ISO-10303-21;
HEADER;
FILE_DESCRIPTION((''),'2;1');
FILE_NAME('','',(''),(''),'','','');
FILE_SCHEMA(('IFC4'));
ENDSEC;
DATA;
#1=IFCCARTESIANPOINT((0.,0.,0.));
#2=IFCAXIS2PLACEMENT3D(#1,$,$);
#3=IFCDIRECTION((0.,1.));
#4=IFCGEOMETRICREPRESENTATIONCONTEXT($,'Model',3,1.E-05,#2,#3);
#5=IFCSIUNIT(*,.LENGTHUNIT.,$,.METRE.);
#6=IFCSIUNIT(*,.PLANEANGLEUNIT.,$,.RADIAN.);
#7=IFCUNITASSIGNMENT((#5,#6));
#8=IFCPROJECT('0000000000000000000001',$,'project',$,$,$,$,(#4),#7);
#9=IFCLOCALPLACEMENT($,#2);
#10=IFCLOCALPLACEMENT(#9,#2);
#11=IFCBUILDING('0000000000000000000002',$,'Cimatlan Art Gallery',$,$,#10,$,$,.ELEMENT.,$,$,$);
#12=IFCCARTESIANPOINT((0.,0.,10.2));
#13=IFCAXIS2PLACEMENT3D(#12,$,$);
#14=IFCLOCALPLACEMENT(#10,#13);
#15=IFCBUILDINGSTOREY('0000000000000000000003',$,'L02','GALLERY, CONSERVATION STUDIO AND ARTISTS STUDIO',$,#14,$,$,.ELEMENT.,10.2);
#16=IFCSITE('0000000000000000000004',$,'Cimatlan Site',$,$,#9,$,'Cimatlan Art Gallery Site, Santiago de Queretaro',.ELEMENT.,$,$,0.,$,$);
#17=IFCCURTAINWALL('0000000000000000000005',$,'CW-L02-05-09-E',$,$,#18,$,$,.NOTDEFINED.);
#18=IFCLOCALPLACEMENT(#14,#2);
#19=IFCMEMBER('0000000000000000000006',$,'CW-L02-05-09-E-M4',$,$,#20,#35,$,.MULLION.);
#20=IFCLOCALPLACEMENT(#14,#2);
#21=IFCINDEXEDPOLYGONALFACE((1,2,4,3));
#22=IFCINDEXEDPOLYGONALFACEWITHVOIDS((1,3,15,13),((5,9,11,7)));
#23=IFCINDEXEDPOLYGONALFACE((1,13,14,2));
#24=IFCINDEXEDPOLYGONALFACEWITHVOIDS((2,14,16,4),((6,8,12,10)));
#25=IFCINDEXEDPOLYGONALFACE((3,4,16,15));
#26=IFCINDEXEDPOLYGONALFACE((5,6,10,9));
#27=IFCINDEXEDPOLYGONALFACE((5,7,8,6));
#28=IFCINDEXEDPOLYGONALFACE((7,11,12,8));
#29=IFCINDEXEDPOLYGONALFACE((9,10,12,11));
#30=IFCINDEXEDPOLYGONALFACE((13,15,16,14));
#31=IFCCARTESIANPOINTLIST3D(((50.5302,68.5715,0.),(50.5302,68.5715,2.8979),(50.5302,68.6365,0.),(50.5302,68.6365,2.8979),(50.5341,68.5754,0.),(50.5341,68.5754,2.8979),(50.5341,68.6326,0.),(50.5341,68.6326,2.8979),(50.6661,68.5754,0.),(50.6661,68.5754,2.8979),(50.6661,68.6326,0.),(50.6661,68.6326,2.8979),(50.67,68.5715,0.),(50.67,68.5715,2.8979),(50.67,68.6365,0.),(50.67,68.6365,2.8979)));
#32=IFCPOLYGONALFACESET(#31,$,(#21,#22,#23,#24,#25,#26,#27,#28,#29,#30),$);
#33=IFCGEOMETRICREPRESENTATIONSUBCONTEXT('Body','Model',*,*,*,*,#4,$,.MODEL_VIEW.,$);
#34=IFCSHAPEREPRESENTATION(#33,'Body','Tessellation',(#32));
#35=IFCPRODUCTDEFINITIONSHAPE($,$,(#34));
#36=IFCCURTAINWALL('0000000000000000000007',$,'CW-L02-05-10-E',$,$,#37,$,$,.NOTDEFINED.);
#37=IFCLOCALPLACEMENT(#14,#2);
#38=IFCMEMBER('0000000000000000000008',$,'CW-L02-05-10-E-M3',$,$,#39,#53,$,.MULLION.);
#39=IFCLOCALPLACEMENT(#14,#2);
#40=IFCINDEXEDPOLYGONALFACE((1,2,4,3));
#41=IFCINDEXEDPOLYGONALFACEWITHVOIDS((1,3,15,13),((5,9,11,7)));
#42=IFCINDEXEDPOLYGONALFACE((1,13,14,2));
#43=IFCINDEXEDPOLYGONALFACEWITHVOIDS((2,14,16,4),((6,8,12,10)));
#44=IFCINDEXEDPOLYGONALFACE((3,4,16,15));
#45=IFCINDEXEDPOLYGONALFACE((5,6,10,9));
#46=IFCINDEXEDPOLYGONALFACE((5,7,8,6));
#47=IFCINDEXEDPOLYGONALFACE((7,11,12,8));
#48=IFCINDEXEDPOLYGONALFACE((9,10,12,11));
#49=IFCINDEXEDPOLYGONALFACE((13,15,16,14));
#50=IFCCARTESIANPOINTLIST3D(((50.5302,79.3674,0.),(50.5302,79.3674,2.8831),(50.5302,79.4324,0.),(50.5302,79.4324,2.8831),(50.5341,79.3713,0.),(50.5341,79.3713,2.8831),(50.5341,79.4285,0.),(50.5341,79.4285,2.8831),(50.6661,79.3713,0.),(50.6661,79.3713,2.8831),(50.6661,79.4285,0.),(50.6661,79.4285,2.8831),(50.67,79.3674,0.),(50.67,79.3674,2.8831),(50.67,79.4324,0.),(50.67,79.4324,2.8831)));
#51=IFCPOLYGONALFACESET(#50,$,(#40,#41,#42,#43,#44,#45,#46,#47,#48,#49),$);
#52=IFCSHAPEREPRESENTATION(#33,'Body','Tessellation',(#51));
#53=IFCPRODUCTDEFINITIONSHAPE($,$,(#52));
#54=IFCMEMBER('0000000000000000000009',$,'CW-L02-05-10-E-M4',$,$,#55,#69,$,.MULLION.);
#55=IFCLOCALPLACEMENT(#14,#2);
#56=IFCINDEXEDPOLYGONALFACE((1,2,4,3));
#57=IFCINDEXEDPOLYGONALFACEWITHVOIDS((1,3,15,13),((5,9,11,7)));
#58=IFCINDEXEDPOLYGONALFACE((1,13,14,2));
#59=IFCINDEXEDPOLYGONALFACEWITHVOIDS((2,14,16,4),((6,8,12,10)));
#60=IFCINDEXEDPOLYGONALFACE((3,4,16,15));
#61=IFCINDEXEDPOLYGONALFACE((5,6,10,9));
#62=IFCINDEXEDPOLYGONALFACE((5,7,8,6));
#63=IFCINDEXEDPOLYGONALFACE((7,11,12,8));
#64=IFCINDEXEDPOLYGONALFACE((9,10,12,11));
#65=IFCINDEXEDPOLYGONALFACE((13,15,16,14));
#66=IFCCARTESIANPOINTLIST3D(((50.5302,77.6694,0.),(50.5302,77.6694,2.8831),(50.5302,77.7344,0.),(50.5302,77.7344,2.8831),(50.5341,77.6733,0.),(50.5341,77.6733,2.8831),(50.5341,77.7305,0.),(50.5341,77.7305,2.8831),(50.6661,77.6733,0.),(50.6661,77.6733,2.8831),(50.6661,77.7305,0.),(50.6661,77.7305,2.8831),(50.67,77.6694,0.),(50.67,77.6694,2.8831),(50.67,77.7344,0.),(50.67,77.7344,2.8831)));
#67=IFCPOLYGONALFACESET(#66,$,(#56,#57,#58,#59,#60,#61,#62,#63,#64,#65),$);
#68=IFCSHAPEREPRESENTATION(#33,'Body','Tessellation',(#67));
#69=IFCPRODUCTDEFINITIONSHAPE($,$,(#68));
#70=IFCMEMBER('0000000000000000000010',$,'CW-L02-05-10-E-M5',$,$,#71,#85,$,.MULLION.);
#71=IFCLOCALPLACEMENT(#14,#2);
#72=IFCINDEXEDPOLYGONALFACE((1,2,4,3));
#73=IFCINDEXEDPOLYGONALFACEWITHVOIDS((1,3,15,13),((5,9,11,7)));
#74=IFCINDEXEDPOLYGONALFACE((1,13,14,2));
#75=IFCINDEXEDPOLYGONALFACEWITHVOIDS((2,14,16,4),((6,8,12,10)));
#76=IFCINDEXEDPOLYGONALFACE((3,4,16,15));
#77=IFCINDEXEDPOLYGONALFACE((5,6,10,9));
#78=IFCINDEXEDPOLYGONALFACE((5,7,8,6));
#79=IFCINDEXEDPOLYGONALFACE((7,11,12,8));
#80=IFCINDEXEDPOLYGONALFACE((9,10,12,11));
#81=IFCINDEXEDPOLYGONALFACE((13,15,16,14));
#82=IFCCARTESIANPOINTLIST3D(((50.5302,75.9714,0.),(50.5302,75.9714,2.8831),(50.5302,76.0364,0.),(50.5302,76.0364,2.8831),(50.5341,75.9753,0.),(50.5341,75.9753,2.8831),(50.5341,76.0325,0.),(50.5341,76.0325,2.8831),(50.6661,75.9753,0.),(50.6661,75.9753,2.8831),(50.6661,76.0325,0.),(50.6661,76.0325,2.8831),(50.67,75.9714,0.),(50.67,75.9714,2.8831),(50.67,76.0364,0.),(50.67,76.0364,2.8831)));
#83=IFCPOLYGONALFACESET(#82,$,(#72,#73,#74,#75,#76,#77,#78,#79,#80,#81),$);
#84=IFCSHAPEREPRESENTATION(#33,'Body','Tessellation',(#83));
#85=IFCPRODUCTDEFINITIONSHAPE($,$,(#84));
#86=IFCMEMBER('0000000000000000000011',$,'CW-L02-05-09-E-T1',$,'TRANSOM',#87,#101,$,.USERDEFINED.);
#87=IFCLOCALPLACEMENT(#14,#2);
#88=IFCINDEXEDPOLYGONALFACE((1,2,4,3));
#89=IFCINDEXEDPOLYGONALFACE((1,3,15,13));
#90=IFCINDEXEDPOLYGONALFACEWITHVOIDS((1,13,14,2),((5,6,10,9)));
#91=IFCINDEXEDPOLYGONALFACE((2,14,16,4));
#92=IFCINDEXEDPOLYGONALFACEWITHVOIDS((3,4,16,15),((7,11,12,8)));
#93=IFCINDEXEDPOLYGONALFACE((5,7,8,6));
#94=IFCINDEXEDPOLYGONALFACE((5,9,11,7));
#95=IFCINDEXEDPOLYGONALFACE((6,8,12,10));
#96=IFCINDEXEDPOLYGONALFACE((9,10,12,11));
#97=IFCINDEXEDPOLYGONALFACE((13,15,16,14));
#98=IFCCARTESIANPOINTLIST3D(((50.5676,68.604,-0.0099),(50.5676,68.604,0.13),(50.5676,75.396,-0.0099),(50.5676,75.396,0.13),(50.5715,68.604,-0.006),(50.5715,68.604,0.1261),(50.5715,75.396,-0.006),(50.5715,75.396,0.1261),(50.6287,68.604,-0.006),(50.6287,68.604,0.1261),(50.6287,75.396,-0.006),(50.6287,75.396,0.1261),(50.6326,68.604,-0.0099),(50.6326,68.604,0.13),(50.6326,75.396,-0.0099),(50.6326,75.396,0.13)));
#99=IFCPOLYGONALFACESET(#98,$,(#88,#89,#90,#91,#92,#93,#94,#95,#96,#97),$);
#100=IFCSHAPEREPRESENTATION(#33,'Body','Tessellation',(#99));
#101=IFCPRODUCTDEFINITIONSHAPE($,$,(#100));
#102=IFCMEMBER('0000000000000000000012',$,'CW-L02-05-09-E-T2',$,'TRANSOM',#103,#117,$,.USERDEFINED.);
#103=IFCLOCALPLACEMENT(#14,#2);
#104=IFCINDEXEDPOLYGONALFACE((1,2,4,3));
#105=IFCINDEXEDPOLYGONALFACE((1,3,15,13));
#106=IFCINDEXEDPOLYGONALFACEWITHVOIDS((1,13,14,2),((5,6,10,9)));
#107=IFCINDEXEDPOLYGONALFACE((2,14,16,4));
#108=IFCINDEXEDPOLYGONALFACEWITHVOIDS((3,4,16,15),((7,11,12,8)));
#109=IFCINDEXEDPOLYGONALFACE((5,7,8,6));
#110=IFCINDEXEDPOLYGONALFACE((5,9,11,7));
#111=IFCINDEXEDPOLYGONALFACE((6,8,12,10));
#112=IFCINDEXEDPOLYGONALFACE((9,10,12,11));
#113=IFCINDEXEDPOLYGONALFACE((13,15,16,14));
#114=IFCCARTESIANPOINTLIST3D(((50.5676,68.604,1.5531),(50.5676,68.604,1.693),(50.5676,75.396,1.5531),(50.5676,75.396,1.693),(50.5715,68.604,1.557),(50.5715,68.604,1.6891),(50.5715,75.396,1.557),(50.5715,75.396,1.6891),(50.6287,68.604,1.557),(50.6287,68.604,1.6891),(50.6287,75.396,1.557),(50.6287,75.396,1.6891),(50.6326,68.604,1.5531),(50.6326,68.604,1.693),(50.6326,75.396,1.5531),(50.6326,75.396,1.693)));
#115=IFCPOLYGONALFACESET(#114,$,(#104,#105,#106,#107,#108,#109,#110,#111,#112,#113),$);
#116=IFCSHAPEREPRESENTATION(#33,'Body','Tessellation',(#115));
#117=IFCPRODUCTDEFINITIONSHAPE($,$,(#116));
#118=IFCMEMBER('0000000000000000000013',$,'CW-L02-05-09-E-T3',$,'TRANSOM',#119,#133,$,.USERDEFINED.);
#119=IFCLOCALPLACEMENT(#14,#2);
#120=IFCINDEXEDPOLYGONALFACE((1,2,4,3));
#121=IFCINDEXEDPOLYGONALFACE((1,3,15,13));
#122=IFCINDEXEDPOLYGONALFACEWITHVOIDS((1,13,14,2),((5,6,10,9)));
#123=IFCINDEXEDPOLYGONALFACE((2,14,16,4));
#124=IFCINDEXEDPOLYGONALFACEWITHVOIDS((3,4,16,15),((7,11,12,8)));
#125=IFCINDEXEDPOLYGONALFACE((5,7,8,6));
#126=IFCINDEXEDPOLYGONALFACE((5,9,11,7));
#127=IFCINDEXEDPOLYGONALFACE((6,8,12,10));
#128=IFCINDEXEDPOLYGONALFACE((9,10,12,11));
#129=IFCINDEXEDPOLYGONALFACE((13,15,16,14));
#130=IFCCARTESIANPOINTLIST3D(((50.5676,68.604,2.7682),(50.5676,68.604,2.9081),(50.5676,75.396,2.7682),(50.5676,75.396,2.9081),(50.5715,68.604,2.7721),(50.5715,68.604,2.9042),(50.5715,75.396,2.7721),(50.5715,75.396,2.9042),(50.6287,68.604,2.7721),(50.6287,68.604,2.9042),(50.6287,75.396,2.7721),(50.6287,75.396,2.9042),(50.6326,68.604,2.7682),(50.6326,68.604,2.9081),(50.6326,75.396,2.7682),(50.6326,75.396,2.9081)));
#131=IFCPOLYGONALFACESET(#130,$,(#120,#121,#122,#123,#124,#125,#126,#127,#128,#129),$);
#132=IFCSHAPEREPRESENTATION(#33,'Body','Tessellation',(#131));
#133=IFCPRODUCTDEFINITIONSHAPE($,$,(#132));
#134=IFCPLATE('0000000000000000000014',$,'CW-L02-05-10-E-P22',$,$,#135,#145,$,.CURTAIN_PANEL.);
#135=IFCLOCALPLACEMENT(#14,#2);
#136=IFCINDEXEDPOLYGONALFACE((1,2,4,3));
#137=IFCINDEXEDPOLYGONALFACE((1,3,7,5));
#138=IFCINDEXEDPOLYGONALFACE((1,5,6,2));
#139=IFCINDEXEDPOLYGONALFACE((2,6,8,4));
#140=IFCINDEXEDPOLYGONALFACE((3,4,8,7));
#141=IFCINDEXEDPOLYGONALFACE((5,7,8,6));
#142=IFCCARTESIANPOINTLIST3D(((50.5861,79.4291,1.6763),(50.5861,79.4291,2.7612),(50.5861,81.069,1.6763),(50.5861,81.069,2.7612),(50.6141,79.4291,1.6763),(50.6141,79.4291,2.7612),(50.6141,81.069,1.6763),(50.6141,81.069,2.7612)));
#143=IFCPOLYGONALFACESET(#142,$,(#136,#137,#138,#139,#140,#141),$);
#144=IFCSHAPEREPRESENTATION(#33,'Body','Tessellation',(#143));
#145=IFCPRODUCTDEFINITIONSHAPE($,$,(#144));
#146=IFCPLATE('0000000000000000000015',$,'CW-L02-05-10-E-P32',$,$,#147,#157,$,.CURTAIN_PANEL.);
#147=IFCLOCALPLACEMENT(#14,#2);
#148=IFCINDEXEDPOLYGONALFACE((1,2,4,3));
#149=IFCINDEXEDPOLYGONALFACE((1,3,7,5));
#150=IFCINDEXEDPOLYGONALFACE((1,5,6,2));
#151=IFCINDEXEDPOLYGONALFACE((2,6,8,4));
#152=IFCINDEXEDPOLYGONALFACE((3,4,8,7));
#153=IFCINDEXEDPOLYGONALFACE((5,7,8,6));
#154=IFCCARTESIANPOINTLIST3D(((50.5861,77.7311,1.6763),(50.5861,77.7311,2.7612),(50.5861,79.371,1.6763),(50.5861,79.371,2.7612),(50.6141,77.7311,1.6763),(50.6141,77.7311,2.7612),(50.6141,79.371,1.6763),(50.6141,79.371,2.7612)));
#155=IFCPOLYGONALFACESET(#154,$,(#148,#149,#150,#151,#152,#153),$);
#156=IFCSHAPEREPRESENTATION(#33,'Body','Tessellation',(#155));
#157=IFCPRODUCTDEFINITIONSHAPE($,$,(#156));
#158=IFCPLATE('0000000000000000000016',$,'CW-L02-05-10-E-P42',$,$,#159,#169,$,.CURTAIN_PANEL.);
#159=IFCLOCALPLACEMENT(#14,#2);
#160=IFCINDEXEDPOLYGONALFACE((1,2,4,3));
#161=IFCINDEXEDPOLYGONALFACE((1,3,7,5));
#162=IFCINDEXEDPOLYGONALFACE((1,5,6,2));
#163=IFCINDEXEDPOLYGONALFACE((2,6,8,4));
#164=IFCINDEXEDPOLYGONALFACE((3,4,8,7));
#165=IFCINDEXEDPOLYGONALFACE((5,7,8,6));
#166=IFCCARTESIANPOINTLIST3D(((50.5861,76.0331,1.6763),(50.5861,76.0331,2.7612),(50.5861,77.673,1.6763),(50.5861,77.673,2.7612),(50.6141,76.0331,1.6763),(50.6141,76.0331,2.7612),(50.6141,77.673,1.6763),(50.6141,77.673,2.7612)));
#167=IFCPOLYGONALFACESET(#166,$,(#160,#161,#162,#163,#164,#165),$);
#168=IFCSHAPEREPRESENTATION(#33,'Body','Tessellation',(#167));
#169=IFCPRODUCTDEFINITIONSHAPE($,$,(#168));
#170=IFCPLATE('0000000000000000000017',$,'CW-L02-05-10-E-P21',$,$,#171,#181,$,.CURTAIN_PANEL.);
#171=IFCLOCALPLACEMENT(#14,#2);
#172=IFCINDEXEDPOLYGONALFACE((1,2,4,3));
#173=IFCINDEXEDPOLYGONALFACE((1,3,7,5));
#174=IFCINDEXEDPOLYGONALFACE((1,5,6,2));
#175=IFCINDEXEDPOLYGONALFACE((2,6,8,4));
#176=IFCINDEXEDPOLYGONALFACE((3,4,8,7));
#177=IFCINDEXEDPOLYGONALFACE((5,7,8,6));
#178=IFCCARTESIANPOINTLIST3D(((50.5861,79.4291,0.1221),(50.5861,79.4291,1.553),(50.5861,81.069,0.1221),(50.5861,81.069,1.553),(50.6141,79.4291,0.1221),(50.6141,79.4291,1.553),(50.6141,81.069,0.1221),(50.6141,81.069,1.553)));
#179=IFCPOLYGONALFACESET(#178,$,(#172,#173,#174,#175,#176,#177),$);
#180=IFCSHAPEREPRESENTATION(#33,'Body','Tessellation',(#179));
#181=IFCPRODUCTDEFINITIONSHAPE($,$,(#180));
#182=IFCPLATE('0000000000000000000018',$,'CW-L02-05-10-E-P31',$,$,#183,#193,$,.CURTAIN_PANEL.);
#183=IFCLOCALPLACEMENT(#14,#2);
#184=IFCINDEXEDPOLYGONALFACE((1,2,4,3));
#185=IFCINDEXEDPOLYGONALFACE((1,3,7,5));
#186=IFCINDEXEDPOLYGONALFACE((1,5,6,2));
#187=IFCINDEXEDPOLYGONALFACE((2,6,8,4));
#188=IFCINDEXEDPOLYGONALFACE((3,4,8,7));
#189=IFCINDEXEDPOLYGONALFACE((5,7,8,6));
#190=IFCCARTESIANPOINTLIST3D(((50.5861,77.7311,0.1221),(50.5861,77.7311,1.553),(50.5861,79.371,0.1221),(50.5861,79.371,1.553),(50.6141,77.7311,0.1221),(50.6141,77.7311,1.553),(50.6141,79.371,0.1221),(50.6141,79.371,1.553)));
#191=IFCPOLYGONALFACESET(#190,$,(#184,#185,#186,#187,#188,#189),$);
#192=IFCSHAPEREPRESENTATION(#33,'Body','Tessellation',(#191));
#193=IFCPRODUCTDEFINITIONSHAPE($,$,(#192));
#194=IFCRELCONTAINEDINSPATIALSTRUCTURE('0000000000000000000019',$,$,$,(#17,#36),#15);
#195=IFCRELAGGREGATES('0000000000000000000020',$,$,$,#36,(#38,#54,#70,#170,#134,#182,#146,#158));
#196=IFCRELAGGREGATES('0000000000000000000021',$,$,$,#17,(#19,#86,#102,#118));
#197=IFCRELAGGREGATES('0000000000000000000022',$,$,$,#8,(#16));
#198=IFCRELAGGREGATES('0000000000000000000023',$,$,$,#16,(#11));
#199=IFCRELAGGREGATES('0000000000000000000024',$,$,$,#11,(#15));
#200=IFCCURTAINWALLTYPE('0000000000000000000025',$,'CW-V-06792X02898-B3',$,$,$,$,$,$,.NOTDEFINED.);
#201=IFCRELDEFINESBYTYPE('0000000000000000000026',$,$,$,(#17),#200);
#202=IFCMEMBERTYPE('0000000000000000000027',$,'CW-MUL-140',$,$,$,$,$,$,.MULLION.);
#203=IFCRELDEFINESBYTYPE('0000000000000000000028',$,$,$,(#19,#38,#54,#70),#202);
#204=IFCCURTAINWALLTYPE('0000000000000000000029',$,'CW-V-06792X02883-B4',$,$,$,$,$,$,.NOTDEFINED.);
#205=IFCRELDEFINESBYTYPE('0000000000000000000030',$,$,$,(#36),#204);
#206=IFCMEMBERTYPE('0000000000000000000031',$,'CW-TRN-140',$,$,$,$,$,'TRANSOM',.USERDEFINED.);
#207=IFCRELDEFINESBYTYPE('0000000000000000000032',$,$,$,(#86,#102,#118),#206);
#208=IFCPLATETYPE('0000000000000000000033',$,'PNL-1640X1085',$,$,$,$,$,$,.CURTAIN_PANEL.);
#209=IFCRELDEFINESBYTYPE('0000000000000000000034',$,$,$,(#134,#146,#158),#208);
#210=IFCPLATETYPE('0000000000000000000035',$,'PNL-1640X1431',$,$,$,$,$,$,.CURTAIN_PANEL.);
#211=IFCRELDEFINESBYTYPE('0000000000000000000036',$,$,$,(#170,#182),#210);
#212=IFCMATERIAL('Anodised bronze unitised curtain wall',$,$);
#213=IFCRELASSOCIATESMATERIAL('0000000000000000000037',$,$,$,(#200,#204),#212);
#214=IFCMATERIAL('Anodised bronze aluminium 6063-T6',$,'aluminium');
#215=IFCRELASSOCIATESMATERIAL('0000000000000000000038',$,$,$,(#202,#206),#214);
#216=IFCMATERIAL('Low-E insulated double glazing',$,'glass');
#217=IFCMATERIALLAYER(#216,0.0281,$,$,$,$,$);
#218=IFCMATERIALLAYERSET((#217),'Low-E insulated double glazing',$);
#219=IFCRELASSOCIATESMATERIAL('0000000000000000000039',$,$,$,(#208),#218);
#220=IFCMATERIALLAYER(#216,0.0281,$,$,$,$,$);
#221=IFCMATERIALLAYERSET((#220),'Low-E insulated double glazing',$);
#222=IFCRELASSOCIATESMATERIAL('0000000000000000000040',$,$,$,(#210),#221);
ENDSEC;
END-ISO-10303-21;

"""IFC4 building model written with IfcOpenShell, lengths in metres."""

from ifc_helpers import new_model, si_unit, direction, frame, origin, origin_2d, place, context, subcontext, project, spatial, rectangle, hollow_rectangle, extrude, material, layer, layer_set, material_profile, profile_set, type_object, element, aggregate, save


model = new_model("IFC4")

# Units and contexts
model_context = context("Model", 3, precision=1e-05, world=origin(), true_north=direction((0.0, 1.0)))
body_context = subcontext(model_context, "Body", "Model", "MODEL_VIEW")
ifc_project = project(units=[si_unit("LENGTHUNIT", "METRE"), si_unit("PLANEANGLEUNIT", "RADIAN")], contexts=[model_context])

# Site, building, storey
site_placement = place(None, origin())
site = spatial("IfcSite", under=ifc_project, at=site_placement, Name="Cimatlan Site", LongName="Cimatlan Art Gallery Site, Santiago de Queretaro", CompositionType="ELEMENT", RefElevation=0.0)
building_placement = place(site_placement, origin())
building = spatial("IfcBuilding", under=site, at=building_placement, Name="Cimatlan Art Gallery", CompositionType="ELEMENT")
storey_placement = place(building_placement, frame((0.0, 0.0, 10.2)))
storey = spatial("IfcBuildingStorey", under=building, at=storey_placement, Name="L02", Description="GALLERY, CONSERVATION STUDIO AND ARTISTS STUDIO", CompositionType="ELEMENT", Elevation=10.2)

# Curtain walls, members
ifc_material_1 = material(Name="Anodised bronze unitised curtain wall")
curtain_wall_type_1 = type_object("IfcCurtainWallType", Name="CW-V-06792X02898-B3", PredefinedType="NOTDEFINED", material=ifc_material_1)
curtain_wall_1_placement = place(storey_placement, origin())
curtain_wall_1 = element("IfcCurtainWall", 1, at=curtain_wall_1_placement, inside=storey, type_object=curtain_wall_type_1, Name="CW-L02-05-09-E", PredefinedType="NOTDEFINED")
ifc_material_2 = material(Name="Anodised bronze aluminium 6063-T6", Category="aluminium")
ifc_material_profile_1 = material_profile(ifc_material_2, hollow_rectangle(XDim=0.0649, YDim=0.1399, WallThickness=0.0039, at=origin_2d()), Name="ALU65X140X4")
ifc_profile_set_1 = profile_set([ifc_material_profile_1], Name="Anodised bronze aluminium 6063-T6")
member_type_1 = type_object("IfcMemberType", Name="CW-MUL-140", PredefinedType="MULLION", material=ifc_profile_set_1)
member_1_placement = place(storey_placement, frame((50.6001, 68.604, 0.0), z_axis=(0.0, 0.0, 1.0), x_axis=(0.0, 1.0, 0.0)))
member_1 = element("IfcMember", 2, at=member_1_placement, type_object=member_type_1, Name="CW-L02-05-09-E-M4", PredefinedType="MULLION", context=body_context, shape_type="SweptSolid", body=[
    extrude(hollow_rectangle(XDim=0.0649, YDim=0.1399, WallThickness=0.0039, at=origin_2d()), origin(), (0.0, 0.0, 1.0), 2.8979),
])
curtain_wall_type_2 = type_object("IfcCurtainWallType", Name="CW-V-06792X02883-B4", PredefinedType="NOTDEFINED", material=ifc_material_1)
curtain_wall_2_placement = place(storey_placement, origin())
curtain_wall_2 = element("IfcCurtainWall", 3, at=curtain_wall_2_placement, inside=storey, type_object=curtain_wall_type_2, Name="CW-L02-05-10-E", PredefinedType="NOTDEFINED")
member_2_placement = place(storey_placement, frame((50.6001, 79.3999, 0.0), z_axis=(0.0, 0.0, 1.0), x_axis=(0.0, 1.0, 0.0)))
member_2 = element("IfcMember", 4, at=member_2_placement, type_object=member_type_1, Name="CW-L02-05-10-E-M3", PredefinedType="MULLION", context=body_context, shape_type="SweptSolid", body=[
    extrude(hollow_rectangle(XDim=0.0649, YDim=0.1399, WallThickness=0.0039, at=origin_2d()), origin(), (0.0, 0.0, 1.0), 2.8831),
])
member_3_placement = place(storey_placement, frame((50.6001, 77.7019, 0.0), z_axis=(0.0, 0.0, 1.0), x_axis=(0.0, 1.0, 0.0)))
member_3 = element("IfcMember", 5, at=member_3_placement, type_object=member_type_1, Name="CW-L02-05-10-E-M4", PredefinedType="MULLION", context=body_context, shape_type="SweptSolid", body=[
    extrude(hollow_rectangle(XDim=0.0649, YDim=0.1399, WallThickness=0.0039, at=origin_2d()), origin(), (0.0, 0.0, 1.0), 2.8831),
])
member_4_placement = place(storey_placement, frame((50.6001, 76.0039, 0.0), z_axis=(0.0, 0.0, 1.0), x_axis=(0.0, 1.0, 0.0)))
member_4 = element("IfcMember", 6, at=member_4_placement, type_object=member_type_1, Name="CW-L02-05-10-E-M5", PredefinedType="MULLION", context=body_context, shape_type="SweptSolid", body=[
    extrude(hollow_rectangle(XDim=0.0649, YDim=0.1399, WallThickness=0.0039, at=origin_2d()), origin(), (0.0, 0.0, 1.0), 2.8831),
])

# Members
ifc_material_profile_2 = material_profile(ifc_material_2, hollow_rectangle(XDim=0.0649, YDim=0.1399, WallThickness=0.0039, at=origin_2d()), Name="ALU65X140X4")
ifc_profile_set_2 = profile_set([ifc_material_profile_2], Name="Anodised bronze aluminium 6063-T6")
member_type_2 = type_object("IfcMemberType", Name="CW-TRN-140", ElementType="TRANSOM", PredefinedType="USERDEFINED", material=ifc_profile_set_2)
member_5_placement = place(storey_placement, frame((50.6001, 75.396, 0.0601), z_axis=(0.0, -1.0, 0.0), x_axis=(1.0, 0.0, 0.0)))
member_5 = element("IfcMember", 7, at=member_5_placement, type_object=member_type_2, Name="CW-L02-05-09-E-T1", ObjectType="TRANSOM", PredefinedType="USERDEFINED", context=body_context, shape_type="SweptSolid", body=[
    extrude(hollow_rectangle(XDim=0.0649, YDim=0.1399, WallThickness=0.0039, at=origin_2d()), origin(), (0.0, 0.0, 1.0), 6.792),
])
member_6_placement = place(storey_placement, frame((50.6001, 75.396, 1.623), z_axis=(0.0, -1.0, 0.0), x_axis=(1.0, 0.0, 0.0)))
member_6 = element("IfcMember", 8, at=member_6_placement, type_object=member_type_2, Name="CW-L02-05-09-E-T2", ObjectType="TRANSOM", PredefinedType="USERDEFINED", context=body_context, shape_type="SweptSolid", body=[
    extrude(hollow_rectangle(XDim=0.0649, YDim=0.1399, WallThickness=0.0039, at=origin_2d()), origin(), (0.0, 0.0, 1.0), 6.792),
])
member_7_placement = place(storey_placement, frame((50.6001, 75.396, 2.8381), z_axis=(0.0, -1.0, 0.0), x_axis=(1.0, 0.0, 0.0)))
member_7 = element("IfcMember", 9, at=member_7_placement, type_object=member_type_2, Name="CW-L02-05-09-E-T3", ObjectType="TRANSOM", PredefinedType="USERDEFINED", context=body_context, shape_type="SweptSolid", body=[
    extrude(hollow_rectangle(XDim=0.0649, YDim=0.1399, WallThickness=0.0039, at=origin_2d()), origin(), (0.0, 0.0, 1.0), 6.792),
])

# Plates
ifc_material_3 = material(Name="Low-E insulated double glazing", Category="glass")
ifc_layer_1 = layer(ifc_material_3, 0.0281)
ifc_layer_set_1 = layer_set([ifc_layer_1], Name="Low-E insulated double glazing")
plate_type_1 = type_object("IfcPlateType", Name="PNL-1640X1085", PredefinedType="CURTAIN_PANEL", material=ifc_layer_set_1)
plate_1_placement = place(storey_placement, frame((50.6001, 80.249, 1.6763), z_axis=(0.0, 0.0, 1.0), x_axis=(0.0, -1.0, 0.0)))
plate_1 = element("IfcPlate", 10, at=plate_1_placement, type_object=plate_type_1, Name="CW-L02-05-10-E-P22", PredefinedType="CURTAIN_PANEL", context=body_context, shape_type="SweptSolid", body=[
    extrude(rectangle(XDim=1.6399, YDim=0.0281, at=origin_2d()), origin(), (0.0, 0.0, 1.0), 1.085),
])
plate_2_placement = place(storey_placement, frame((50.6001, 78.551, 1.6763), z_axis=(0.0, 0.0, 1.0), x_axis=(0.0, -1.0, 0.0)))
plate_2 = element("IfcPlate", 11, at=plate_2_placement, type_object=plate_type_1, Name="CW-L02-05-10-E-P32", PredefinedType="CURTAIN_PANEL", context=body_context, shape_type="SweptSolid", body=[
    extrude(rectangle(XDim=1.6399, YDim=0.0281, at=origin_2d()), origin(), (0.0, 0.0, 1.0), 1.085),
])
plate_3_placement = place(storey_placement, frame((50.6001, 76.853, 1.6763), z_axis=(0.0, 0.0, 1.0), x_axis=(0.0, -1.0, 0.0)))
plate_3 = element("IfcPlate", 12, at=plate_3_placement, type_object=plate_type_1, Name="CW-L02-05-10-E-P42", PredefinedType="CURTAIN_PANEL", context=body_context, shape_type="SweptSolid", body=[
    extrude(rectangle(XDim=1.6399, YDim=0.0281, at=origin_2d()), origin(), (0.0, 0.0, 1.0), 1.085),
])
ifc_layer_2 = layer(ifc_material_3, 0.0281)
ifc_layer_set_2 = layer_set([ifc_layer_2], Name="Low-E insulated double glazing")
plate_type_2 = type_object("IfcPlateType", Name="PNL-1640X1431", PredefinedType="CURTAIN_PANEL", material=ifc_layer_set_2)
plate_4_placement = place(storey_placement, frame((50.6001, 80.249, 0.1221), z_axis=(0.0, 0.0, 1.0), x_axis=(0.0, -1.0, 0.0)))
plate_4 = element("IfcPlate", 13, at=plate_4_placement, type_object=plate_type_2, Name="CW-L02-05-10-E-P21", PredefinedType="CURTAIN_PANEL", context=body_context, shape_type="SweptSolid", body=[
    extrude(rectangle(XDim=1.6399, YDim=0.0281, at=origin_2d()), origin(), (0.0, 0.0, 1.0), 1.4309),
])
plate_5_placement = place(storey_placement, frame((50.6001, 78.551, 0.1221), z_axis=(0.0, 0.0, 1.0), x_axis=(0.0, -1.0, 0.0)))
plate_5 = element("IfcPlate", 14, at=plate_5_placement, type_object=plate_type_2, Name="CW-L02-05-10-E-P31", PredefinedType="CURTAIN_PANEL", context=body_context, shape_type="SweptSolid", body=[
    extrude(rectangle(XDim=1.6399, YDim=0.0281, at=origin_2d()), origin(), (0.0, 0.0, 1.0), 1.4309),
])
aggregate(curtain_wall_2, [member_2, member_3, member_4, plate_4, plate_1, plate_5, plate_2, plate_3])
aggregate(curtain_wall_1, [member_1, member_5, member_6, member_7])

save(model, "model.ifc")
